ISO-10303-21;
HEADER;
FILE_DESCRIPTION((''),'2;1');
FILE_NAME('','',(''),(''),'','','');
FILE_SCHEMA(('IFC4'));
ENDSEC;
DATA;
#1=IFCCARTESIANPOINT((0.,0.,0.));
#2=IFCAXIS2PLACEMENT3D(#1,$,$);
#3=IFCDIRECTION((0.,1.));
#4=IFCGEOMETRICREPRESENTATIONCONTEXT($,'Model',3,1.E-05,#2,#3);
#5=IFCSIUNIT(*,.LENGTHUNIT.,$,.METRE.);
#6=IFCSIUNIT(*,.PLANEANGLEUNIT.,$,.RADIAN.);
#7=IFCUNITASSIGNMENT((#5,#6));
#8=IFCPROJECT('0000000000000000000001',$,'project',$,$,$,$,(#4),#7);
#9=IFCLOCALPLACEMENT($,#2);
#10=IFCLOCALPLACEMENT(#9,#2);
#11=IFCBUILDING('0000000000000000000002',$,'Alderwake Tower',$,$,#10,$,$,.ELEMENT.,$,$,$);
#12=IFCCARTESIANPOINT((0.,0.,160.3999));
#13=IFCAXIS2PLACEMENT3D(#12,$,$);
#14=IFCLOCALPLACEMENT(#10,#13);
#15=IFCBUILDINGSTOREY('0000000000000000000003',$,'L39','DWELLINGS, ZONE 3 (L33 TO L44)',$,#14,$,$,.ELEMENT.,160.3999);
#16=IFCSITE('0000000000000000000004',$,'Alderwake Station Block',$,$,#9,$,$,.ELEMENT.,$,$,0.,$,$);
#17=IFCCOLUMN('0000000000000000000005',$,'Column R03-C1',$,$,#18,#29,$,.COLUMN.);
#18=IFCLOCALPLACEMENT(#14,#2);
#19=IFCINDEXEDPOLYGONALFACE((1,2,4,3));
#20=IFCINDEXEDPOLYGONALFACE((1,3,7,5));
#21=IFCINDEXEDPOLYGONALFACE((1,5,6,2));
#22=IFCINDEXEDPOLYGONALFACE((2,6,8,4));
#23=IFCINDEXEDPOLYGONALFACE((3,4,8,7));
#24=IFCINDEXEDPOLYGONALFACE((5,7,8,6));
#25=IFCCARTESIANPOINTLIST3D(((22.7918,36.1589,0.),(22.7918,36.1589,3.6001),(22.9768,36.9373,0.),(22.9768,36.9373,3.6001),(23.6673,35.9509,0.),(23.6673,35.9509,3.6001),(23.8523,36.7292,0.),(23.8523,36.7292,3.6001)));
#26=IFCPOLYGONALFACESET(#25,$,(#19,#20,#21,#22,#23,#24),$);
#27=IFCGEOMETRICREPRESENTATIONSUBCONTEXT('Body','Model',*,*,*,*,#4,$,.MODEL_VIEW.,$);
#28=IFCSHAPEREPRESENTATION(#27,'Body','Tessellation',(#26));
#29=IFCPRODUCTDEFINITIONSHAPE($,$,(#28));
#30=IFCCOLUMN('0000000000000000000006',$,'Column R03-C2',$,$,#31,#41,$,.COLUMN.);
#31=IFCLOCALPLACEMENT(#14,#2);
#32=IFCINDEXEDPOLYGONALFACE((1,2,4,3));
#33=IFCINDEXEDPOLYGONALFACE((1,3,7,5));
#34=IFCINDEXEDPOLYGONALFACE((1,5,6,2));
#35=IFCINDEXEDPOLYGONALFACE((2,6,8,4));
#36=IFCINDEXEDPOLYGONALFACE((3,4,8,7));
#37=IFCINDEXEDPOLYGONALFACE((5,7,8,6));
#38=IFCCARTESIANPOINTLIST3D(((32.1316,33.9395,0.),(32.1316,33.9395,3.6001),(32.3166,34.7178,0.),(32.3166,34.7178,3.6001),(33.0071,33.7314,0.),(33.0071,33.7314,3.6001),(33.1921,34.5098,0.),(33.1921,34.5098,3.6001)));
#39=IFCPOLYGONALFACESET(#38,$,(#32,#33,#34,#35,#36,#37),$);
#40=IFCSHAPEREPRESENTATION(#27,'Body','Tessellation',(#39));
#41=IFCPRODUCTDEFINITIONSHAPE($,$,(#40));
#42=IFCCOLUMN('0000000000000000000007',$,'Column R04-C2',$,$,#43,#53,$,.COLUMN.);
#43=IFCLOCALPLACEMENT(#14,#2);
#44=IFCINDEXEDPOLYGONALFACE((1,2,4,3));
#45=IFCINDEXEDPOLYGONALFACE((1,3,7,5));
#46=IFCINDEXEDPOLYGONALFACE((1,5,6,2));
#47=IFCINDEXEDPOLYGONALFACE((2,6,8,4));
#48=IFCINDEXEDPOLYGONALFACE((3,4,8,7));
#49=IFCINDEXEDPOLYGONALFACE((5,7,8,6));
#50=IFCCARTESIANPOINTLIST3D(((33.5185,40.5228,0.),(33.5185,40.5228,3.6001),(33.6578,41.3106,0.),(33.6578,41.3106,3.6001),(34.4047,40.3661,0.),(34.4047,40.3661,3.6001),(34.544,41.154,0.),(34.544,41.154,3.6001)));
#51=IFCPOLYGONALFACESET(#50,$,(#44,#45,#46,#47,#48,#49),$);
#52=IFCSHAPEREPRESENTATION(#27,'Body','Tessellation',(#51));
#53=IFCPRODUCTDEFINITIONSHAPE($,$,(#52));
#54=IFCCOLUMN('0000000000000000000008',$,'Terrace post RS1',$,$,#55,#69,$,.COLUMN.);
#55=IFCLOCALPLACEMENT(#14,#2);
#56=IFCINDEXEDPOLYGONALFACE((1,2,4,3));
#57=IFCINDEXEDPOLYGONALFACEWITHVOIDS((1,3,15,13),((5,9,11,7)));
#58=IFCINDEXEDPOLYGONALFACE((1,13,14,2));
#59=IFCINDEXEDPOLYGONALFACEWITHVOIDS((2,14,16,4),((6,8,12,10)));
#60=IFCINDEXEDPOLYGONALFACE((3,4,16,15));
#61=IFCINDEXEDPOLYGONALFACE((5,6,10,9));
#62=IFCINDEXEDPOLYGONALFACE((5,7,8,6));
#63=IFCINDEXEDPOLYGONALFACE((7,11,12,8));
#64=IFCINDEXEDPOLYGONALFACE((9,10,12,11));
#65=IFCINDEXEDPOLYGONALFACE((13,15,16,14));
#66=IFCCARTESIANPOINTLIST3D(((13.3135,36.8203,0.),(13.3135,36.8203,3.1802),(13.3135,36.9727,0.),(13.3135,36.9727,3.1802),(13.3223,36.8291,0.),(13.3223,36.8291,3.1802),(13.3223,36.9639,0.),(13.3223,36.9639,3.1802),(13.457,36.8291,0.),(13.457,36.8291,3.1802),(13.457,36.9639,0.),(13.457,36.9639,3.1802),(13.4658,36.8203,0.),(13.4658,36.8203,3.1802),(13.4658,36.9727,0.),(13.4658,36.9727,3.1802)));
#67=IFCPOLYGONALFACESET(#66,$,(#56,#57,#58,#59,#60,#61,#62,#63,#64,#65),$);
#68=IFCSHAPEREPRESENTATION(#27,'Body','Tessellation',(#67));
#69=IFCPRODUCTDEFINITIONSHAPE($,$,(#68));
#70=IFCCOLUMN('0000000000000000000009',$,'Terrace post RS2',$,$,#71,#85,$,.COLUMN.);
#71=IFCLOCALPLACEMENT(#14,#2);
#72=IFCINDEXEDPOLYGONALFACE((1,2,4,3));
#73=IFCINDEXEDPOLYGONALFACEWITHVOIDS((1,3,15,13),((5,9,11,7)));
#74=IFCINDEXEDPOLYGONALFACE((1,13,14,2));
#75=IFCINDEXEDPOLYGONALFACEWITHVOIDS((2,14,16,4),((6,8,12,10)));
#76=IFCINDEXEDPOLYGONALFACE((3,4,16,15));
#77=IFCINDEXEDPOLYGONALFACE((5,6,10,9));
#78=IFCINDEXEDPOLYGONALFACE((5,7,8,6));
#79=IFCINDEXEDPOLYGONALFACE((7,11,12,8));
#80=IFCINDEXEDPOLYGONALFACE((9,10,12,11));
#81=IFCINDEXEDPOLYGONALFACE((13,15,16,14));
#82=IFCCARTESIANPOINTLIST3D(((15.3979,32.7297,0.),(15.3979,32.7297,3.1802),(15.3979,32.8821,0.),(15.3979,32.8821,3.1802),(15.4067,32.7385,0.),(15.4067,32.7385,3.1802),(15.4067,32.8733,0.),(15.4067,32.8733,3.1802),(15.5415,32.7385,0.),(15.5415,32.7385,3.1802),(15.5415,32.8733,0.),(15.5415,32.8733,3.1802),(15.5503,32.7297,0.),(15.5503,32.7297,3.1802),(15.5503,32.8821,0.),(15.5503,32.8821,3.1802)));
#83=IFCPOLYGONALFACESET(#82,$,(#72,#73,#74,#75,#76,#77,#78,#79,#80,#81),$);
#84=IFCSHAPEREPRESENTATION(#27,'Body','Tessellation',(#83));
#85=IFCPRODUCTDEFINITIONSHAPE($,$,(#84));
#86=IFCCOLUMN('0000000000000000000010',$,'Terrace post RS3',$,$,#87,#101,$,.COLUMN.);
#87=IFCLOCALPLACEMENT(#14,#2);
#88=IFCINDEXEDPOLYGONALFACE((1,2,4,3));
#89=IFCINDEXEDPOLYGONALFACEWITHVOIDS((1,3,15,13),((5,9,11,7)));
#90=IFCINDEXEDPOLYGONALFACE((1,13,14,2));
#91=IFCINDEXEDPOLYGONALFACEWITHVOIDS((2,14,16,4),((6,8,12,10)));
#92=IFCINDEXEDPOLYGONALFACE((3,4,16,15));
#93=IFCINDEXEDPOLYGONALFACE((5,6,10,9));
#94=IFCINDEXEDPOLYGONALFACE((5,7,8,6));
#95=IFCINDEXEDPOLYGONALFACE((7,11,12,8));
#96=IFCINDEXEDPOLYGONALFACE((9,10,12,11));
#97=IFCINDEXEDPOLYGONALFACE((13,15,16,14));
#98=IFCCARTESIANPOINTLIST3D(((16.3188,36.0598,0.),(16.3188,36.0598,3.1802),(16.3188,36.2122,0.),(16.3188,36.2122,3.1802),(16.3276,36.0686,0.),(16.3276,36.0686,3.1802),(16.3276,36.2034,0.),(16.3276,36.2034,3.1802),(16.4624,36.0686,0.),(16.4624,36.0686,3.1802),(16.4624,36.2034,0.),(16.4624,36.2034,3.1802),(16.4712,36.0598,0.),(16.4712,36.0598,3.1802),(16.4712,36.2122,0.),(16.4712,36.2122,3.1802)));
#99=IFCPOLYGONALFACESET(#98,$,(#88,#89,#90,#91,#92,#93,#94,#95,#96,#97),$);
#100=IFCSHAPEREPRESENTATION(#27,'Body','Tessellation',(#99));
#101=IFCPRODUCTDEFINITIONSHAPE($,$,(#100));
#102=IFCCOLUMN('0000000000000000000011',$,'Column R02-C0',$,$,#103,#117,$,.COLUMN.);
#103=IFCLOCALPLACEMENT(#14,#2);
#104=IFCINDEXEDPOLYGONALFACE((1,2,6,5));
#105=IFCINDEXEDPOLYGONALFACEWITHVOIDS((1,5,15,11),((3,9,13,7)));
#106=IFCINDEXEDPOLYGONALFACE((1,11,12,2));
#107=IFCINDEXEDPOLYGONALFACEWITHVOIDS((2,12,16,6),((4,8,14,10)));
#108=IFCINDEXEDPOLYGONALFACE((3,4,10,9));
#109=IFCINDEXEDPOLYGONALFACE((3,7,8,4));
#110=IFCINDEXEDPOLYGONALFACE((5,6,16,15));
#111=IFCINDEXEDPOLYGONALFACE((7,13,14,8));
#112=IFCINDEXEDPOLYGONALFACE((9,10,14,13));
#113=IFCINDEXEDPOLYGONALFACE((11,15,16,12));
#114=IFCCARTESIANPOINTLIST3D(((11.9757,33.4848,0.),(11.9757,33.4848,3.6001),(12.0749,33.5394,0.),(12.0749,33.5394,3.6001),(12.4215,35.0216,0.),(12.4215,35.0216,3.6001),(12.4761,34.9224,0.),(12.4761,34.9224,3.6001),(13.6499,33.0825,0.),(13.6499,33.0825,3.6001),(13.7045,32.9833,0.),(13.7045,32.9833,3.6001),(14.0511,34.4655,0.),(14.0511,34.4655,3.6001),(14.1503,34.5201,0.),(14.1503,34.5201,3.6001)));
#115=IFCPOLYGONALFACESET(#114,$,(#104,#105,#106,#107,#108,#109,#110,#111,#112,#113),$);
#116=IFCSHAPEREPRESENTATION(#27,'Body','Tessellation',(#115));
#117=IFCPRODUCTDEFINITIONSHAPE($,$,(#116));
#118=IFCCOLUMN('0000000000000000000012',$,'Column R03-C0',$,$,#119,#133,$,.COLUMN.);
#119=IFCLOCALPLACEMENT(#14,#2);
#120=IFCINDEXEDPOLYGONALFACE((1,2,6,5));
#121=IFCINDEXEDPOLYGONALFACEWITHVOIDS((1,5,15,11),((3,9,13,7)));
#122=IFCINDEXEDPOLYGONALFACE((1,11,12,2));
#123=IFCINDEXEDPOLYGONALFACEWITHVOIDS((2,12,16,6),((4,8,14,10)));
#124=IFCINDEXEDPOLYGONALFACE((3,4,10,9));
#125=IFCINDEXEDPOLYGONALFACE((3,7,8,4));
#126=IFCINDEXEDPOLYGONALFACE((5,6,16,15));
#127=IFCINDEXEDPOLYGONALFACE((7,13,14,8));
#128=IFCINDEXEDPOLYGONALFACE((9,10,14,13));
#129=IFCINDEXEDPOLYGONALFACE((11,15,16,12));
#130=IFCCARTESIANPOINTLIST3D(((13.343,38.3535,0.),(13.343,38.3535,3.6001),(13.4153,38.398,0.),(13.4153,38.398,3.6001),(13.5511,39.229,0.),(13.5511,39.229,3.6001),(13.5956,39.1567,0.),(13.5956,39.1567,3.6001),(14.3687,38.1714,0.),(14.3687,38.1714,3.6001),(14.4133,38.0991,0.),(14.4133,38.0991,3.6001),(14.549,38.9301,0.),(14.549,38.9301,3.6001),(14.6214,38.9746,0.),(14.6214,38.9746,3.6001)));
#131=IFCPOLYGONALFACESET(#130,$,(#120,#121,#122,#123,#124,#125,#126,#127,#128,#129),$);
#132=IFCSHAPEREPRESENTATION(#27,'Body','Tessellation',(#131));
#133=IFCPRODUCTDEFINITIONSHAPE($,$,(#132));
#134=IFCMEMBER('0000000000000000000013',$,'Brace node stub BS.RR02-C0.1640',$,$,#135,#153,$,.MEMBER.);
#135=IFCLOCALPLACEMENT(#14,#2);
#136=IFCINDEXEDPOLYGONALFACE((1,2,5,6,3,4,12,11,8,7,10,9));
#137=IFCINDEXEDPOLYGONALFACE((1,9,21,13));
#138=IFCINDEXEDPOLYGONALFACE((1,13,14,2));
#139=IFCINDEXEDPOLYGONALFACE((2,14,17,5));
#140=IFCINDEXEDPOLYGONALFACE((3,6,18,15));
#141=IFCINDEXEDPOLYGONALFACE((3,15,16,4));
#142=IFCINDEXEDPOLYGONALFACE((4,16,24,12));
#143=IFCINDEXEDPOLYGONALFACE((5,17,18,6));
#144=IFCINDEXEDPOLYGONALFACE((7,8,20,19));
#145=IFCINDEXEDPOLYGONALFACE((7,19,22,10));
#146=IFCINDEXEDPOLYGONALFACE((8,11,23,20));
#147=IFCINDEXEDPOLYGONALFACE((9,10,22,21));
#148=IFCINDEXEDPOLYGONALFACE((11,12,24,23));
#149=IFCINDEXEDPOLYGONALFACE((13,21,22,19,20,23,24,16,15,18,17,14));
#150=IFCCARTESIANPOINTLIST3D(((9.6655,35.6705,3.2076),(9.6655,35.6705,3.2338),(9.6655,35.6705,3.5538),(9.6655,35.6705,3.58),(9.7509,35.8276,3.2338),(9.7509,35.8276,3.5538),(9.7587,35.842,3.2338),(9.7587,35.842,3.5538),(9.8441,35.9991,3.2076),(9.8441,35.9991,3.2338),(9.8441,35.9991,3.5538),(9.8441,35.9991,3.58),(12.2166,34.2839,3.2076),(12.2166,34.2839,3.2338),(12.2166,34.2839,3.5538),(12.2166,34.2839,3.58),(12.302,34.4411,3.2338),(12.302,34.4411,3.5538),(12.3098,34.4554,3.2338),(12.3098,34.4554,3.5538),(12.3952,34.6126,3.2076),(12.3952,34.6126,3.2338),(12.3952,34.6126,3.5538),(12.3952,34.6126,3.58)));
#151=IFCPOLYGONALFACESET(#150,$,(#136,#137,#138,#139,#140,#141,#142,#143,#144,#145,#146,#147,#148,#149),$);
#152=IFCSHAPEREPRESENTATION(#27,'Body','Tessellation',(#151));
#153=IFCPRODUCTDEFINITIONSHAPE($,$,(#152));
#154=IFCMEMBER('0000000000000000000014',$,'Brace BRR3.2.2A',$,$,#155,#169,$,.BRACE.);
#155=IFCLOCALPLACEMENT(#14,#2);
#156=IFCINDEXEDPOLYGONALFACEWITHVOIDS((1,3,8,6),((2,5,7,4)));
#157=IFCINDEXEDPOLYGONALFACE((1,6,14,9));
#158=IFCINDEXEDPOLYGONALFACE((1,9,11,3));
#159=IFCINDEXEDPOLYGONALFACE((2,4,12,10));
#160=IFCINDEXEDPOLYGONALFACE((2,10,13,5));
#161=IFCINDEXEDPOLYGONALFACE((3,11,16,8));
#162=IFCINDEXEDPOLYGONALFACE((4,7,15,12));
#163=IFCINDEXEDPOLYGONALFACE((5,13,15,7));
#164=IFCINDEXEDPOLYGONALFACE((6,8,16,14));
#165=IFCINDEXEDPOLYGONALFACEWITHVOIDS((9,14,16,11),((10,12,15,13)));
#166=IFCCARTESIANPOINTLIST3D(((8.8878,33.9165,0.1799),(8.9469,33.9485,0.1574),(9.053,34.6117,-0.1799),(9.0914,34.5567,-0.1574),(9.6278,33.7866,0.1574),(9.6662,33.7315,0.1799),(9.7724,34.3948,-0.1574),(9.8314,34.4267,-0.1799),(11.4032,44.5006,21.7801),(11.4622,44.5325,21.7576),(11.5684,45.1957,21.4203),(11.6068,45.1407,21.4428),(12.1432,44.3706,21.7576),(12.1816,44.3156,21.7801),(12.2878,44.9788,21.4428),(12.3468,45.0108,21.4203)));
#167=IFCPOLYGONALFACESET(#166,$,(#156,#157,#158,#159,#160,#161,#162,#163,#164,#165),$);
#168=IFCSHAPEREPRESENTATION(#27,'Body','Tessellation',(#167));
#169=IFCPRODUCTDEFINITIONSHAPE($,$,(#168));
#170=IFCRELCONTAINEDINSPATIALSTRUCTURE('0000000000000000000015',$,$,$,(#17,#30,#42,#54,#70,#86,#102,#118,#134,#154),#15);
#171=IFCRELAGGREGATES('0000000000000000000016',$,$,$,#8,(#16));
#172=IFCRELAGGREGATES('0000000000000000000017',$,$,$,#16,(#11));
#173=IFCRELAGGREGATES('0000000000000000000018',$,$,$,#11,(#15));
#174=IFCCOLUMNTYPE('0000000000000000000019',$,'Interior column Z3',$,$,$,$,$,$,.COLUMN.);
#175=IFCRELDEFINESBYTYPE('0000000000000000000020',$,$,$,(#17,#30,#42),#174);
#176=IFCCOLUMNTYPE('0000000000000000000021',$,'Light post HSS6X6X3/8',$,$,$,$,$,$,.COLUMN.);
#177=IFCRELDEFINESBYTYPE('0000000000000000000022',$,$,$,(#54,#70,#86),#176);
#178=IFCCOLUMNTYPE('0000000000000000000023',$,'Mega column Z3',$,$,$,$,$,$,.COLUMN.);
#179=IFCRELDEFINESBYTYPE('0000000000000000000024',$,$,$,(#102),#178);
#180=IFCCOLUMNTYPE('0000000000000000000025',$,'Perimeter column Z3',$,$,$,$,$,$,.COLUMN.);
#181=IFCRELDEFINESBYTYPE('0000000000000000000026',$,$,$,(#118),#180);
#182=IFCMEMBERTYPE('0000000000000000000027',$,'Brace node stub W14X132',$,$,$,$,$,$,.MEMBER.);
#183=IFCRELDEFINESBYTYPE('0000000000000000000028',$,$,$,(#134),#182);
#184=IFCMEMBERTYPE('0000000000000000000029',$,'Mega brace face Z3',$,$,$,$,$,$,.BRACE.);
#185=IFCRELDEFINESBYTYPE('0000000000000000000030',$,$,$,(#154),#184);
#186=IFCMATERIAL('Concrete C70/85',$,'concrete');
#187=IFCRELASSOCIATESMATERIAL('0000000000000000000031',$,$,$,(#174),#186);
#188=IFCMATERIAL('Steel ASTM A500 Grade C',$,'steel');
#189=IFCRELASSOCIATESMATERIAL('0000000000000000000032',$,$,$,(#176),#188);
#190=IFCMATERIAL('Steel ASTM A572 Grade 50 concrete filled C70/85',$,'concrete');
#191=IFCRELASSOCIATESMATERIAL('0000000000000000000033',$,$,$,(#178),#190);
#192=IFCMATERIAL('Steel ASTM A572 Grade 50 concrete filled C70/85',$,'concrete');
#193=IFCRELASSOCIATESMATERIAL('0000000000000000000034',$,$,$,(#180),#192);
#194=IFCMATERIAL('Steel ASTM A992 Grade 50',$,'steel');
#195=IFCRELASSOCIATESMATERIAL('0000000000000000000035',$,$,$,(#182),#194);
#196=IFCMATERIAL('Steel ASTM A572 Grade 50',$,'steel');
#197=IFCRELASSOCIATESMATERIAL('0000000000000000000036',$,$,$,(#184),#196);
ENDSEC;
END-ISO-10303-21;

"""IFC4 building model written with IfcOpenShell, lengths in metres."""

from ifc_helpers import new_model, si_unit, direction, frame, origin, origin_2d, place, context, subcontext, project, spatial, rectangle, hollow_rectangle, i_section, extrude, material, material_profile, profile_set, type_object, element, save


model = new_model("IFC4")

# Units and contexts
model_context = context("Model", 3, precision=1e-05, world=origin(), true_north=direction((0.0, 1.0)))
body_context = subcontext(model_context, "Body", "Model", "MODEL_VIEW")
ifc_project = project(units=[si_unit("LENGTHUNIT", "METRE"), si_unit("PLANEANGLEUNIT", "RADIAN")], contexts=[model_context])

# Site, building, storey
site_placement = place(None, origin())
site = spatial("IfcSite", under=ifc_project, at=site_placement, Name="Alderwake Station Block", CompositionType="ELEMENT", RefElevation=0.0)
building_placement = place(site_placement, origin())
building = spatial("IfcBuilding", under=site, at=building_placement, Name="Alderwake Tower", CompositionType="ELEMENT")
storey_placement = place(building_placement, frame((0.0, 0.0, 160.3999)))
storey = spatial("IfcBuildingStorey", under=building, at=storey_placement, Name="L39", Description="DWELLINGS, ZONE 3 (L33 TO L44)", CompositionType="ELEMENT", Elevation=160.3999)

# Columns
ifc_material_1 = material(Name="Concrete C70/85", Category="concrete")
ifc_material_profile_1 = material_profile(ifc_material_1, rectangle(XDim=0.8, YDim=0.8999, at=origin_2d()), Name="RC 900X800")
ifc_profile_set_1 = profile_set([ifc_material_profile_1], Name="Concrete C70/85")
column_type_1 = type_object("IfcColumnType", Name="Interior column Z3", PredefinedType="COLUMN", material=ifc_profile_set_1)
for number, where, z_axis, x_axis, name in (
    (1, (23.322, 36.4441, 0.0), (0.0, 0.0, 1.0), (0.231222, 0.972901, 0.0), "Column R03-C1"),
    (2, (32.6619, 34.2246, 0.0), (0.0, 0.0, 1.0), (0.231222, 0.972901, 0.0), "Column R03-C2"),
    (3, (34.0312, 40.8384, 0.0), (0.0, 0.0, 1.0), (0.174109, 0.984726, 0.0), "Column R04-C2"),
):
    element("IfcColumn", number, at=place(storey_placement, frame(where, z_axis=z_axis, x_axis=x_axis)), inside=storey, type_object=column_type_1, Name=name, PredefinedType="COLUMN", context=body_context, shape_type="SweptSolid", body=[
        extrude(rectangle(XDim=0.8, YDim=0.8999, at=origin_2d()), origin(), (0.0, 0.0, 1.0), 3.6001),
    ])
ifc_material_2 = material(Name="Steel ASTM A500 Grade C", Category="steel")
ifc_material_profile_2 = material_profile(ifc_material_2, hollow_rectangle(XDim=0.1523, YDim=0.1523, WallThickness=0.0088, at=origin_2d()), Name="HSS6X6X3/8")
ifc_profile_set_2 = profile_set([ifc_material_profile_2], Name="Steel ASTM A500 Grade C")
column_type_2 = type_object("IfcColumnType", Name="Light post HSS6X6X3/8", PredefinedType="COLUMN", material=ifc_profile_set_2)
for number, where, z_axis, x_axis, name in (
    (4, (13.3896, 36.8965, 0.0), (0.0, 0.0, 1.0), (1.0, 0.0, 0.0), "Terrace post RS1"),
    (5, (15.4741, 32.8059, 0.0), (0.0, 0.0, 1.0), (1.0, 0.0, 0.0), "Terrace post RS2"),
    (6, (16.395, 36.136, 0.0), (0.0, 0.0, 1.0), (1.0, 0.0, 0.0), "Terrace post RS3"),
):
    element("IfcColumn", number, at=place(storey_placement, frame(where, z_axis=z_axis, x_axis=x_axis)), inside=storey, type_object=column_type_2, Name=name, PredefinedType="COLUMN", context=body_context, shape_type="SweptSolid", body=[
        extrude(hollow_rectangle(XDim=0.1523, YDim=0.1523, WallThickness=0.0088, at=origin_2d()), origin(), (0.0, 0.0, 1.0), 3.1802),
    ])
ifc_material_3 = material(Name="Steel ASTM A572 Grade 50 concrete filled C70/85", Category="concrete")
ifc_material_profile_3 = material_profile(ifc_material_3, hollow_rectangle(XDim=1.6001, YDim=1.8, WallThickness=0.0801, at=origin_2d()), Name="BOX 1800X1600X80")
ifc_profile_set_3 = profile_set([ifc_material_profile_3], Name="Steel ASTM A572 Grade 50 concrete filled C70/85")
column_type_3 = type_object("IfcColumnType", Name="Mega column Z3", PredefinedType="COLUMN", material=ifc_profile_set_3)
column_1_placement = place(storey_placement, frame((13.063, 34.0024, 0.0), z_axis=(0.0, 0.0, 1.0), x_axis=(0.278612, 0.960404, 0.0)))
element("IfcColumn", 7, at=column_1_placement, inside=storey, type_object=column_type_3, Name="Column R02-C0", PredefinedType="COLUMN", context=body_context, shape_type="SweptSolid", body=[
    extrude(hollow_rectangle(XDim=1.6001, YDim=1.8, WallThickness=0.0801, at=origin_2d()), origin(), (0.0, 0.0, 1.0), 3.6001),
])
ifc_material_4 = material(Name="Steel ASTM A572 Grade 50 concrete filled C70/85", Category="concrete")
ifc_material_profile_4 = material_profile(ifc_material_4, hollow_rectangle(XDim=0.8999, YDim=1.1001, WallThickness=0.0601, at=origin_2d()), Name="BOX 1100X900X60")
ifc_profile_set_4 = profile_set([ifc_material_profile_4], Name="Steel ASTM A572 Grade 50 concrete filled C70/85")
column_type_4 = type_object("IfcColumnType", Name="Perimeter column Z3", PredefinedType="COLUMN", material=ifc_profile_set_4)
column_2_placement = place(storey_placement, frame((13.9822, 38.6641, 0.0), z_axis=(0.0, 0.0, 1.0), x_axis=(0.231222, 0.972901, 0.0)))
element("IfcColumn", 8, at=column_2_placement, inside=storey, type_object=column_type_4, Name="Column R03-C0", PredefinedType="COLUMN", context=body_context, shape_type="SweptSolid", body=[
    extrude(hollow_rectangle(XDim=0.8999, YDim=1.1001, WallThickness=0.0601, at=origin_2d()), origin(), (0.0, 0.0, 1.0), 3.6001),
])

# Members
ifc_material_5 = material(Name="Steel ASTM A992 Grade 50", Category="steel")
ifc_material_profile_5 = material_profile(ifc_material_5, i_section(OverallWidth=0.374, OverallDepth=0.3723, WebThickness=0.0164, FlangeThickness=0.0261, at=origin_2d()), Name="W14X132")
ifc_profile_set_5 = profile_set([ifc_material_profile_5], Name="Steel ASTM A992 Grade 50")
member_type_1 = type_object("IfcMemberType", Name="Brace node stub W14X132", PredefinedType="MEMBER", material=ifc_profile_set_5)
member_1_placement = place(storey_placement, frame((12.3059, 34.4482, 3.3938), z_axis=(-0.878618, 0.477526, 0.0), x_axis=(-0.477526, -0.878618, 0.0)))
element("IfcMember", 9, at=member_1_placement, inside=storey, type_object=member_type_1, Name="Brace node stub BS.RR02-C0.1640", PredefinedType="MEMBER", context=body_context, shape_type="SweptSolid", body=[
    extrude(i_section(OverallWidth=0.374, OverallDepth=0.3723, WebThickness=0.0164, FlangeThickness=0.0261, at=origin_2d()), origin(), (0.0, 0.0, 1.0), 2.9036),
])
ifc_material_6 = material(Name="Steel ASTM A572 Grade 50", Category="steel")
ifc_material_profile_6 = material_profile(ifc_material_6, hollow_rectangle(XDim=0.8, YDim=0.8, WallThickness=0.05, at=origin_2d()), Name="BOX 800X800X50")
ifc_profile_set_6 = profile_set([ifc_material_profile_6], Name="Steel ASTM A572 Grade 50")
member_type_2 = type_object("IfcMemberType", Name="Mega brace face Z3", PredefinedType="BRACE", material=ifc_profile_set_6)
member_2_placement = place(storey_placement, frame((9.3596, 34.1716, 0.0), z_axis=(0.104006, 0.437627, 0.893121), x_axis=(-0.972902, 0.231219, 0.0)))
element("IfcMember", 10, at=member_2_placement, inside=storey, type_object=member_type_2, Name="Brace BRR3.2.2A", PredefinedType="BRACE", context=body_context, shape_type="SweptSolid", body=[
    extrude(hollow_rectangle(XDim=0.8, YDim=0.8, WallThickness=0.05, at=origin_2d()), origin(), (0.0, 0.0, 1.0), 24.1851),
])

save(model, "model.ifc")
